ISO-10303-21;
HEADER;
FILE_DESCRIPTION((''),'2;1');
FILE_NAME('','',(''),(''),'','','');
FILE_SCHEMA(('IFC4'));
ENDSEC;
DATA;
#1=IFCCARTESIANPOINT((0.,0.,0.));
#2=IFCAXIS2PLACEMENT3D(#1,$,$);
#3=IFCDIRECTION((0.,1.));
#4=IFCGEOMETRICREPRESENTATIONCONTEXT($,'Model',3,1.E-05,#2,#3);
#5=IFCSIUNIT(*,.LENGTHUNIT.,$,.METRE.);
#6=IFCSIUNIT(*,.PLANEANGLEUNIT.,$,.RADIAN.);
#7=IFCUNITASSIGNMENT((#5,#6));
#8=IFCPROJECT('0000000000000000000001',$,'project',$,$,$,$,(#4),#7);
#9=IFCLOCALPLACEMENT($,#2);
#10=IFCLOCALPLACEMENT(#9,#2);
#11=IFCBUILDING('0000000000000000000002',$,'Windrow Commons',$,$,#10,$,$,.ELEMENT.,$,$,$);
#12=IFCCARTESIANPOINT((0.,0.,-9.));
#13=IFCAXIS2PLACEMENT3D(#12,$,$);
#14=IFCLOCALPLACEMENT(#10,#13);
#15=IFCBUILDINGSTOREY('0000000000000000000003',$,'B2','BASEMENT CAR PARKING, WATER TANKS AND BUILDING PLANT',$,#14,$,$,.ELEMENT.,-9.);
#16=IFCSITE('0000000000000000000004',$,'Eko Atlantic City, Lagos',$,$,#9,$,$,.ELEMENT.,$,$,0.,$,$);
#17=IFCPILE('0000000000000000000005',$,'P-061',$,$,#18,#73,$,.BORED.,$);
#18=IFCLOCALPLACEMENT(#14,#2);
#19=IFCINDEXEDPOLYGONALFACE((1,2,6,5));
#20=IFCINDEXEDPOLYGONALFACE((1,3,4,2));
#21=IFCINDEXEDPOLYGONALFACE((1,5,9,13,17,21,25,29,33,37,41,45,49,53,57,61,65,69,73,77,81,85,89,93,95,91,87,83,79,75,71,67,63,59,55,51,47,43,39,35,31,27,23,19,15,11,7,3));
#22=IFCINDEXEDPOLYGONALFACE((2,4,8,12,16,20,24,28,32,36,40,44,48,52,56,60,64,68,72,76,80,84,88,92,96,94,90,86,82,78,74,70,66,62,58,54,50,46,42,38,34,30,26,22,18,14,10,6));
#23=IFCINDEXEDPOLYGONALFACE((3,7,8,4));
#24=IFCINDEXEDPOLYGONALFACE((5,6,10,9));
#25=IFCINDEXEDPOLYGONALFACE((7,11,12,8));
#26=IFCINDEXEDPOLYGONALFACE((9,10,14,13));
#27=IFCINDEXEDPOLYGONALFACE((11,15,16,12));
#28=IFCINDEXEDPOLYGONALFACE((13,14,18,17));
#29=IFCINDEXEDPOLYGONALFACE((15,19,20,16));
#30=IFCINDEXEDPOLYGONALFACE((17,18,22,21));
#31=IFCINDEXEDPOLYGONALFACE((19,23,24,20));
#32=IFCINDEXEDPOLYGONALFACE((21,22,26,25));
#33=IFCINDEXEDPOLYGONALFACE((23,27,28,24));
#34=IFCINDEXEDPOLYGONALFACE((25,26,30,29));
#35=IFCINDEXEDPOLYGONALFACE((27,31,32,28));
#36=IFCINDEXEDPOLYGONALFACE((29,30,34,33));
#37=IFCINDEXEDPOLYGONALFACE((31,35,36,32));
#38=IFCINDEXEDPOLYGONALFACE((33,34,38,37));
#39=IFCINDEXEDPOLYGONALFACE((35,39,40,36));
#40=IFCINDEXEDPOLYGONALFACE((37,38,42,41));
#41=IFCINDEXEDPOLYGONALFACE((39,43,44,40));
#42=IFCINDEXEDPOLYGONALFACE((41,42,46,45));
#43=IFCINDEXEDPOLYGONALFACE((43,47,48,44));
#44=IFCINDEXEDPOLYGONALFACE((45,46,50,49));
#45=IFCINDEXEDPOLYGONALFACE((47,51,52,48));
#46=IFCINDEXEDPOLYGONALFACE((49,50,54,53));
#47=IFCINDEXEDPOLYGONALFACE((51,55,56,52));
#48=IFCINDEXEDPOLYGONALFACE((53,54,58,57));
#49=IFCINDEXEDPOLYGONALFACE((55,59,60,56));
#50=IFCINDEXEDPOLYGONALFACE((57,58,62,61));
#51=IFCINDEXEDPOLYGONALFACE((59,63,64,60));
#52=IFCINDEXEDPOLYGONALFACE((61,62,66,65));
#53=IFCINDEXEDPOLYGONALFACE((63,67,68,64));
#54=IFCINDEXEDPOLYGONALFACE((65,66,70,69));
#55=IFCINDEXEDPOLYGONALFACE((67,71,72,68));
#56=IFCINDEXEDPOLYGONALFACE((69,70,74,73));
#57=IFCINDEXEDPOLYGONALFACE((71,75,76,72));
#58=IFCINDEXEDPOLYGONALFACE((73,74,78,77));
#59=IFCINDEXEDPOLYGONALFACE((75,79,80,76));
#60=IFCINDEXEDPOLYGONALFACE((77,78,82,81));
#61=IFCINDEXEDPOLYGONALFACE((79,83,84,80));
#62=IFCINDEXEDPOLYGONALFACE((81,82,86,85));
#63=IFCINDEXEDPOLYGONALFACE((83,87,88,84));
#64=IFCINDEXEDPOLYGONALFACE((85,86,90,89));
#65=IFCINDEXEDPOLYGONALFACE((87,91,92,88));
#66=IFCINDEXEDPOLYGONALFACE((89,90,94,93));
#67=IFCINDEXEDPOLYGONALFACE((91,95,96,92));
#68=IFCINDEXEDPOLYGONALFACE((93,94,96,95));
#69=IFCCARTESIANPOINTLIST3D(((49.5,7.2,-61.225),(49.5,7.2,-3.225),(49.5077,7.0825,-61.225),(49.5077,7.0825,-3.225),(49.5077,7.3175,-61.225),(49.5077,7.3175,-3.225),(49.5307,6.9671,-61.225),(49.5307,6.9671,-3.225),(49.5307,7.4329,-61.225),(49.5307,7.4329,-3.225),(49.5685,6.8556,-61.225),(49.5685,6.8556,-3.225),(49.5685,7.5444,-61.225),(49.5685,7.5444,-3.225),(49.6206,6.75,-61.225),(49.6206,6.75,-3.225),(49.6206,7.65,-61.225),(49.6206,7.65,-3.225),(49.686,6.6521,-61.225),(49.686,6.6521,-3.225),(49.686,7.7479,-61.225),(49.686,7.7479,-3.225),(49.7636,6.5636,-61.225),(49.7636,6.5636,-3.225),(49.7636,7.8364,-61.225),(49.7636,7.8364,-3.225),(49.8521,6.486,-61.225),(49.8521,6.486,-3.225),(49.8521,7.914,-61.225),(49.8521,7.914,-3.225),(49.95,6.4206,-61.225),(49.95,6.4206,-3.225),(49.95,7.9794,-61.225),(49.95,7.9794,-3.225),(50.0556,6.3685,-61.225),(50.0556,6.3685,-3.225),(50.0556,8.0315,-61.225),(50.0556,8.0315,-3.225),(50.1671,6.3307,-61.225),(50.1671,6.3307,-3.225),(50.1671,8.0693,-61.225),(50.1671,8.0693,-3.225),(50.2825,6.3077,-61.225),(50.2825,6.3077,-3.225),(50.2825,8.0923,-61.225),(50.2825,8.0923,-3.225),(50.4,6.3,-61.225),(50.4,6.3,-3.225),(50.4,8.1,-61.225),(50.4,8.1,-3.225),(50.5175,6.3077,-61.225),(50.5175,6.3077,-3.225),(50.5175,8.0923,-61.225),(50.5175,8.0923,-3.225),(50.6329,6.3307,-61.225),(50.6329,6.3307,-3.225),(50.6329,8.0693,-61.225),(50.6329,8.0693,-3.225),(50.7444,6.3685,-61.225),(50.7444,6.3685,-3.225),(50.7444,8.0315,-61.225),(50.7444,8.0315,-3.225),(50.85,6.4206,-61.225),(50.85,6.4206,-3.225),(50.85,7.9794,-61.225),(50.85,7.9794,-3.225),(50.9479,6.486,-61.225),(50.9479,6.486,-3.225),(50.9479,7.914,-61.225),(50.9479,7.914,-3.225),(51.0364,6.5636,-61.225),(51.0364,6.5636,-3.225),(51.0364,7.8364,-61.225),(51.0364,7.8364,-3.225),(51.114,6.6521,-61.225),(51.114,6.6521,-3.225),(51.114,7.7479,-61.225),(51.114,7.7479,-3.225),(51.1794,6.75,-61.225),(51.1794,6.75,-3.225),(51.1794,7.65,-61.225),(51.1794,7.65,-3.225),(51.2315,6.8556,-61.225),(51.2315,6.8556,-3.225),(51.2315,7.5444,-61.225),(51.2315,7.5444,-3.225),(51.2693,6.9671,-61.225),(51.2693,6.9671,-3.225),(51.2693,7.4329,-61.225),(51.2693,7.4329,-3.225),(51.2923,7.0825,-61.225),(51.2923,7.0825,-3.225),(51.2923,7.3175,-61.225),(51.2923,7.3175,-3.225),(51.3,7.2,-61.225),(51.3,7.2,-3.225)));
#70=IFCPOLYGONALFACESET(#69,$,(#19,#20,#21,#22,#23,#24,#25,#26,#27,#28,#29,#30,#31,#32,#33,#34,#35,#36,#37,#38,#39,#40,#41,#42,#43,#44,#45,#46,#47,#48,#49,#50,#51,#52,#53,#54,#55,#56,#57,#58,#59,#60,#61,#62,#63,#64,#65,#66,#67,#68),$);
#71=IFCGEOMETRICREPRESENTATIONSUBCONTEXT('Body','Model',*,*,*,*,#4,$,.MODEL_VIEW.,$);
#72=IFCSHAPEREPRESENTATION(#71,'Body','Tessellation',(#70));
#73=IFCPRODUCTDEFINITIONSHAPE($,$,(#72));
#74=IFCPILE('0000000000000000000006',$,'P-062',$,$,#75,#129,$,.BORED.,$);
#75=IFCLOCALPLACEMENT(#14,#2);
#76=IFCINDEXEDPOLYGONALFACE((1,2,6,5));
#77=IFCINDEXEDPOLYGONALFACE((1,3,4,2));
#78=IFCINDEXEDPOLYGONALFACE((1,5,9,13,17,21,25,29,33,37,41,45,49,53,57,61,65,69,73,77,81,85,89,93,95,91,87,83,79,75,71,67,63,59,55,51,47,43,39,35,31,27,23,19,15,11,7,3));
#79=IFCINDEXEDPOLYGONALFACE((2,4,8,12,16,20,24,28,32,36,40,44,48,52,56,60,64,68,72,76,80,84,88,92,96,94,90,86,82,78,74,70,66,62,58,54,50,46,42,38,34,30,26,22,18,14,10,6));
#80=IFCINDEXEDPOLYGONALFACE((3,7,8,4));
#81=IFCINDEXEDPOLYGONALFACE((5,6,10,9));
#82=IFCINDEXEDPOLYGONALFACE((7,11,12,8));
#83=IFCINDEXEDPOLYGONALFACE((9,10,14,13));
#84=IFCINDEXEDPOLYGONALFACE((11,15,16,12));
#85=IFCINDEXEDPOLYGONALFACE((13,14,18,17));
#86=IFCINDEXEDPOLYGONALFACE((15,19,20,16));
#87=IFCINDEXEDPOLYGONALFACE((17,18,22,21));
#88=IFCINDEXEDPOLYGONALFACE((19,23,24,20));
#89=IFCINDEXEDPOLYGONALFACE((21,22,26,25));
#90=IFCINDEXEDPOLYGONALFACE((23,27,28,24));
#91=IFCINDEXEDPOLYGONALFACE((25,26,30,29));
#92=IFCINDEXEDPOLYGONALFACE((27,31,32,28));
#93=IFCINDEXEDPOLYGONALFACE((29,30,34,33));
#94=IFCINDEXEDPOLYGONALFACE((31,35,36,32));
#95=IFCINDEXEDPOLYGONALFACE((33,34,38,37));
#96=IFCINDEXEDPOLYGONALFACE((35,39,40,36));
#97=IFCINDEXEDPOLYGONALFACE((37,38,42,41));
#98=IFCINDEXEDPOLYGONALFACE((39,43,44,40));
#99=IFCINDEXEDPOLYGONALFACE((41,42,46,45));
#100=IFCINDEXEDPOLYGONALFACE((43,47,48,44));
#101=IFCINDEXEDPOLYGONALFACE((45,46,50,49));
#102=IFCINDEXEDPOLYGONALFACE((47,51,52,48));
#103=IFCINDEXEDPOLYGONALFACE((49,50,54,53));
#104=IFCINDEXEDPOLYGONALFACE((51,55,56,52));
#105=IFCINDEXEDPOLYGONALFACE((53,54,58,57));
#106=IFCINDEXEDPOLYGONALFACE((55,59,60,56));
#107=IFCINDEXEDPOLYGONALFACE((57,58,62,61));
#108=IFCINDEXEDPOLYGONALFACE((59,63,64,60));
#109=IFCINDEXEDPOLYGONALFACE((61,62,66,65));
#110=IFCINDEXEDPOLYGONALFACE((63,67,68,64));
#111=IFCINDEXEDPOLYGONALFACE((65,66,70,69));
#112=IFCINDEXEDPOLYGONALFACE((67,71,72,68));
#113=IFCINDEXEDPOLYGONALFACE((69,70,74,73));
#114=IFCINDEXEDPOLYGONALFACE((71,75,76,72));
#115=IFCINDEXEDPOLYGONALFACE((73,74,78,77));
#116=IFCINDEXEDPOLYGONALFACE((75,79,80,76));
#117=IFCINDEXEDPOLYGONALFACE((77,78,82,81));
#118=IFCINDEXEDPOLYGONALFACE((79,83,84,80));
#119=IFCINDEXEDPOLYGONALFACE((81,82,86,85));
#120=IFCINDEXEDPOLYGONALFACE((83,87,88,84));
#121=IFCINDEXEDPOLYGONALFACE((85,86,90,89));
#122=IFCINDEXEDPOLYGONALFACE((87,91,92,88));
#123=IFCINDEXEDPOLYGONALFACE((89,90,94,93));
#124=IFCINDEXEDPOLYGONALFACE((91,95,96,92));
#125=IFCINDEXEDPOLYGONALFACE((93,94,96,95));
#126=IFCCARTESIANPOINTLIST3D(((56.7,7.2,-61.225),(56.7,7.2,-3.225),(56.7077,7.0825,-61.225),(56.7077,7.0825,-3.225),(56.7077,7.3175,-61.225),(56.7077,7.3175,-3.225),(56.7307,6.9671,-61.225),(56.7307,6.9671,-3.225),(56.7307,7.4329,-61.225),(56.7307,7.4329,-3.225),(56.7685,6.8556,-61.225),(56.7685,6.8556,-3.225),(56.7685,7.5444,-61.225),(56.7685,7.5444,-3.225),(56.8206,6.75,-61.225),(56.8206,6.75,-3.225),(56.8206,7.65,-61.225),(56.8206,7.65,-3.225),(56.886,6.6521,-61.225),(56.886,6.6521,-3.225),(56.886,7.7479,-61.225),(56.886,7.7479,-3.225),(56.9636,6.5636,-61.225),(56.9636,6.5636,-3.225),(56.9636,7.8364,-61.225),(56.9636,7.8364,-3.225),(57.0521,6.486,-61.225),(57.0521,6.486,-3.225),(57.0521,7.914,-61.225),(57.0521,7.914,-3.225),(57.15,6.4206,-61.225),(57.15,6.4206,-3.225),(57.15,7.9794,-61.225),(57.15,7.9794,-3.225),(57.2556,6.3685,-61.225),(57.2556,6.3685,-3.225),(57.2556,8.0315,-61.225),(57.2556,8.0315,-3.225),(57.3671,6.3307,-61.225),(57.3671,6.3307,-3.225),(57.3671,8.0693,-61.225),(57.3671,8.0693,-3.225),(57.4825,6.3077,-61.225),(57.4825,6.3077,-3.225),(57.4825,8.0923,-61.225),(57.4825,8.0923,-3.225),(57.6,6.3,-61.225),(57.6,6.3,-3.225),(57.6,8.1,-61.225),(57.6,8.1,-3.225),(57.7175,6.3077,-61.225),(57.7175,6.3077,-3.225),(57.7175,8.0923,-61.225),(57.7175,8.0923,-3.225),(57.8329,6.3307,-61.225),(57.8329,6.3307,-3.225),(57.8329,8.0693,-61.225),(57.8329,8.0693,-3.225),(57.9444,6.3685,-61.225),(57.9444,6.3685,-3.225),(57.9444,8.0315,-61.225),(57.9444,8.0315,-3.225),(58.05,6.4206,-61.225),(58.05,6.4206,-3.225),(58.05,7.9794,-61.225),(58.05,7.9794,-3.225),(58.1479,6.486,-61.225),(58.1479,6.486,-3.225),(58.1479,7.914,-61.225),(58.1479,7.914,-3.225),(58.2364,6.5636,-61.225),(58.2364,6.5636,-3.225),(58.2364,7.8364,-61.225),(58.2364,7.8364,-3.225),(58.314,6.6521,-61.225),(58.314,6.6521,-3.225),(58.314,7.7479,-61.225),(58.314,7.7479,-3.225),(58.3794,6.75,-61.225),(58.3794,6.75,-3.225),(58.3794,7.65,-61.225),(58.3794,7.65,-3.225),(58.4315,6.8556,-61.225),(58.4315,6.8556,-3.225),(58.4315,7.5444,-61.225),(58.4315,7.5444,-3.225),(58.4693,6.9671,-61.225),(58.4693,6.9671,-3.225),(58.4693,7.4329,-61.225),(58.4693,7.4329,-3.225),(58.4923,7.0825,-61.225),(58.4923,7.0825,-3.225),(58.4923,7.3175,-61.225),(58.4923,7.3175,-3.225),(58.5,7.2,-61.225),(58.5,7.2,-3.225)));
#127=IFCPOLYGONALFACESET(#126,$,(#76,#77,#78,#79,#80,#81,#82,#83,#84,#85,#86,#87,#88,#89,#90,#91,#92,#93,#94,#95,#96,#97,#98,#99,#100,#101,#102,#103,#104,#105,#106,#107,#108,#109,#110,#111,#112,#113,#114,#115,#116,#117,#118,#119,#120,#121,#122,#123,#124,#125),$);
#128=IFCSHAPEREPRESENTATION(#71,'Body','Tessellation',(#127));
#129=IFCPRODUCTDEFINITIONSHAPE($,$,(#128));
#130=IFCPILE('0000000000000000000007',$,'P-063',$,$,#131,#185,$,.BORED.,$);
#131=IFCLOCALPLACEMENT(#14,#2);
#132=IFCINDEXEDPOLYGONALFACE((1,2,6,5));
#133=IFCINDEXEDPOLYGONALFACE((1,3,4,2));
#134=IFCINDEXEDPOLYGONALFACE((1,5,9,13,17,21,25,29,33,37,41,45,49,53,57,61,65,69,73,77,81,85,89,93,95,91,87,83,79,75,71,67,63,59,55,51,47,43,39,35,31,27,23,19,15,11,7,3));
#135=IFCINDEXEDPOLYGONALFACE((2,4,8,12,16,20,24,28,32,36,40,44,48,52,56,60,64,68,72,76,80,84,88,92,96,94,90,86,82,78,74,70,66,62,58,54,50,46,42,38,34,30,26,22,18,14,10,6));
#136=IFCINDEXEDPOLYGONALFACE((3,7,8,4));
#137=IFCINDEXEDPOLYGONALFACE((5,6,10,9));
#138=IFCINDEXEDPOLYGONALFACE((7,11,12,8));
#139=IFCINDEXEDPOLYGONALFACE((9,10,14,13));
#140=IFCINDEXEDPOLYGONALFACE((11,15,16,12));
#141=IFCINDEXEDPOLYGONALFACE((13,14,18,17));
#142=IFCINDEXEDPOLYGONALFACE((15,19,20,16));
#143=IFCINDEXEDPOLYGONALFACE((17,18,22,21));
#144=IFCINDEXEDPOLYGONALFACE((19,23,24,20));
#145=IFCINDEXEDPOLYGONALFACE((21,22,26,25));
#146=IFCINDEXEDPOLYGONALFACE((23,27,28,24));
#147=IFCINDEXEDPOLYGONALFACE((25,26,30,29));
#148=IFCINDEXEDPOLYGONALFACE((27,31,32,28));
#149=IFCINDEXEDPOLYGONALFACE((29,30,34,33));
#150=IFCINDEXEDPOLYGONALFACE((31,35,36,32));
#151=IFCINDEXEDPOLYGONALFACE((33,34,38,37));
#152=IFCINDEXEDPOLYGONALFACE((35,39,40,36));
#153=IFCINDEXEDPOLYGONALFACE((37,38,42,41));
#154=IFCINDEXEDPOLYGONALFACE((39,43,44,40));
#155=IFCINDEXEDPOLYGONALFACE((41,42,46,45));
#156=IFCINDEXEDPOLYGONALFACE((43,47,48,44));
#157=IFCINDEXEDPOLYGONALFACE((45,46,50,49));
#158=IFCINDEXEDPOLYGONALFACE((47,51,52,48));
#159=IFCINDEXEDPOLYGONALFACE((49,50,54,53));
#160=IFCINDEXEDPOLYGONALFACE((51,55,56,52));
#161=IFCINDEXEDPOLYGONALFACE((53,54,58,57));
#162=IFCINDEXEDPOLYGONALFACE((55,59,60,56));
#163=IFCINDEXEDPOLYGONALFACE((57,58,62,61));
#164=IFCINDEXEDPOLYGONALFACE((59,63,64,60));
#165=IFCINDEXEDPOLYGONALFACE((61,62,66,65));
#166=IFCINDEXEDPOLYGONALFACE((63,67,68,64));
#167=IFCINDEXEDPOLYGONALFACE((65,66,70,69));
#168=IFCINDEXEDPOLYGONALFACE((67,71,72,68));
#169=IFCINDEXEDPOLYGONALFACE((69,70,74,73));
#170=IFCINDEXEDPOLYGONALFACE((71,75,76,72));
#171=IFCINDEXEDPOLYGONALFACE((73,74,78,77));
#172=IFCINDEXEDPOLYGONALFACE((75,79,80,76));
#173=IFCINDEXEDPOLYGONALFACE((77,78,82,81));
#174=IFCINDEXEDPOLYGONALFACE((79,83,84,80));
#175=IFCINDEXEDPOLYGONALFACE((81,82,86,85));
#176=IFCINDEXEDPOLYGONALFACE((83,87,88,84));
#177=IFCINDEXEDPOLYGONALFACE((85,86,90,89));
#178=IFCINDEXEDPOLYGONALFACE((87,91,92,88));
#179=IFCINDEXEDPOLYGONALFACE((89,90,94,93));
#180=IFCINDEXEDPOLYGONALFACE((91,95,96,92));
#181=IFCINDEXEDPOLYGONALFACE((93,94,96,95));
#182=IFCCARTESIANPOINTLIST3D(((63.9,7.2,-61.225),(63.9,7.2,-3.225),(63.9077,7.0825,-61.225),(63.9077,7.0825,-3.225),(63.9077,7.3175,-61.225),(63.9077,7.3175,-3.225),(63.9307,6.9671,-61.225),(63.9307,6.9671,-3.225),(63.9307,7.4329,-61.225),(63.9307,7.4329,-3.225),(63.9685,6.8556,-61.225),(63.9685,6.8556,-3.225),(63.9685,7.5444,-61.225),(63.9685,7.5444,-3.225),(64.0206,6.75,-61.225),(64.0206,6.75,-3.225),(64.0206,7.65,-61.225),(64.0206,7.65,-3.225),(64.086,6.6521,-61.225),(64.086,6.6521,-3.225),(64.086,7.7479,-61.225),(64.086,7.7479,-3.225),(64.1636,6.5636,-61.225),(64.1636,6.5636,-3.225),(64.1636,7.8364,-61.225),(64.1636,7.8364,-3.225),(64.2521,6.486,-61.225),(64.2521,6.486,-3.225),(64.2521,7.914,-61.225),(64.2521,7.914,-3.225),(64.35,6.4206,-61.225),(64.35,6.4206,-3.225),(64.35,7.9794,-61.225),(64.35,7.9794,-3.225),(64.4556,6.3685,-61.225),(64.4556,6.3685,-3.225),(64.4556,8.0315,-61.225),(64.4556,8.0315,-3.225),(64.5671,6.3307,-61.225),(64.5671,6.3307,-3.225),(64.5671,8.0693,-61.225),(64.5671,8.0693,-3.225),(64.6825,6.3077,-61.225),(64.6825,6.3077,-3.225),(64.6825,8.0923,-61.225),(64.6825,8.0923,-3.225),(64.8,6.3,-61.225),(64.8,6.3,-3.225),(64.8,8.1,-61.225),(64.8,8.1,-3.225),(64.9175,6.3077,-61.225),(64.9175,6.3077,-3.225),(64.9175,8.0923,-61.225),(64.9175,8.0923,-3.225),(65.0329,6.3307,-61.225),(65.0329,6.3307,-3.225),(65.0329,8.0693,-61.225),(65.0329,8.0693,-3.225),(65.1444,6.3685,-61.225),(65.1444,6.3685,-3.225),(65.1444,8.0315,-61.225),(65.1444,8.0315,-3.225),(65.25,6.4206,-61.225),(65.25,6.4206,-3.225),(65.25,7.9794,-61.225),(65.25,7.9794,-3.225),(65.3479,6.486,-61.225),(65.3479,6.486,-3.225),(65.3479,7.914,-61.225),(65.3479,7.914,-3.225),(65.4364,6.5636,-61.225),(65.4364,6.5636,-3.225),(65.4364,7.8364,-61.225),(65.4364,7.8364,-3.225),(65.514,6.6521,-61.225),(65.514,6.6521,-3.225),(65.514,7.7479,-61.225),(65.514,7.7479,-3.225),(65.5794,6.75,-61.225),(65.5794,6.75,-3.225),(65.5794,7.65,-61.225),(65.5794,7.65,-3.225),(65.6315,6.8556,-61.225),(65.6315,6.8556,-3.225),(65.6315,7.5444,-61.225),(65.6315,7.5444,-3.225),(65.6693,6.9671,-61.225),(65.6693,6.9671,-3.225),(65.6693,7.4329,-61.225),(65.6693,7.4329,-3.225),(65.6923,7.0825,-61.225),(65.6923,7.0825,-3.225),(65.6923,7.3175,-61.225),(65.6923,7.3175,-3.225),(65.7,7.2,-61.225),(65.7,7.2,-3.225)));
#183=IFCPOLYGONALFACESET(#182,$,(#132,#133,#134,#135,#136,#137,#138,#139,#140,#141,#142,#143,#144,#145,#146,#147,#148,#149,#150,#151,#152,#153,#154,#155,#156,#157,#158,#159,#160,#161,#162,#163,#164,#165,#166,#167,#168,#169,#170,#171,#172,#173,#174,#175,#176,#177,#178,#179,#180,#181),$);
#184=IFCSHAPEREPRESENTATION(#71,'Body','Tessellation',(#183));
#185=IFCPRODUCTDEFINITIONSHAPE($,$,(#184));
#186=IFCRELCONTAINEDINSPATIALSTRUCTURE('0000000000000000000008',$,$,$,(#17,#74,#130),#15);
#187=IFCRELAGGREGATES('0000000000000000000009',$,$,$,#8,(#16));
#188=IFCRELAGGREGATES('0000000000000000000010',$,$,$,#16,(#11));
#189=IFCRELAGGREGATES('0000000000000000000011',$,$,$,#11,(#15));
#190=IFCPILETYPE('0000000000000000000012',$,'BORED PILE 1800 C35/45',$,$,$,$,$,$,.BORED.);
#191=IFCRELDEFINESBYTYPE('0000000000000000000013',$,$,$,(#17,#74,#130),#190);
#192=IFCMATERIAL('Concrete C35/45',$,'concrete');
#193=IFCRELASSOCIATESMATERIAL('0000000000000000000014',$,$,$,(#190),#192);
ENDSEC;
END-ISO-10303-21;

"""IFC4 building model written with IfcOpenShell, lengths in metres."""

from ifc_helpers import new_model, si_unit, direction, frame, origin, origin_2d, place, context, subcontext, project, spatial, circle, extrude, material, material_profile, profile_set, type_object, element, save


model = new_model("IFC4")

# Units and contexts
model_context = context("Model", 3, precision=1e-05, world=origin(), true_north=direction((0.0, 1.0)))
body_context = subcontext(model_context, "Body", "Model", "MODEL_VIEW")
ifc_project = project(units=[si_unit("LENGTHUNIT", "METRE"), si_unit("PLANEANGLEUNIT", "RADIAN")], contexts=[model_context])

# Site, building, storey
site_placement = place(None, origin())
site = spatial("IfcSite", under=ifc_project, at=site_placement, Name="Eko Atlantic City, Lagos", CompositionType="ELEMENT", RefElevation=0.0)
building_placement = place(site_placement, origin())
building = spatial("IfcBuilding", under=site, at=building_placement, Name="Windrow Commons", CompositionType="ELEMENT")
storey_placement = place(building_placement, frame((0.0, 0.0, -9.0)))
storey = spatial("IfcBuildingStorey", under=building, at=storey_placement, Name="B2", Description="BASEMENT CAR PARKING, WATER TANKS AND BUILDING PLANT", CompositionType="ELEMENT", Elevation=-9.0)

# Piles
ifc_material_1 = material(Name="Concrete C35/45", Category="concrete")
ifc_material_profile_1 = material_profile(ifc_material_1, circle(Radius=0.9, at=origin_2d()))
ifc_profile_set_1 = profile_set([ifc_material_profile_1], Name="Concrete C35/45")
pile_type = type_object("IfcPileType", Name="BORED PILE 1800 C35/45", PredefinedType="BORED", material=ifc_profile_set_1)
for number, where, z_axis, x_axis, name in (
    (1, (50.4, 7.2, -3.225), (0.0, 0.0, -1.0), (1.0, 0.0, 0.0), "P-061"),
    (2, (57.6, 7.2, -3.225), (0.0, 0.0, -1.0), (1.0, 0.0, 0.0), "P-062"),
    (3, (64.8, 7.2, -3.225), (0.0, 0.0, -1.0), (1.0, 0.0, 0.0), "P-063"),
):
    element("IfcPile", number, at=place(storey_placement, frame(where, z_axis=z_axis, x_axis=x_axis)), inside=storey, type_object=pile_type, Name=name, PredefinedType="BORED", context=body_context, shape_type="SweptSolid", body=[
        extrude(circle(Radius=0.9, at=origin_2d()), origin(), (0.0, 0.0, 1.0), 58.0),
    ])

save(model, "model.ifc")
